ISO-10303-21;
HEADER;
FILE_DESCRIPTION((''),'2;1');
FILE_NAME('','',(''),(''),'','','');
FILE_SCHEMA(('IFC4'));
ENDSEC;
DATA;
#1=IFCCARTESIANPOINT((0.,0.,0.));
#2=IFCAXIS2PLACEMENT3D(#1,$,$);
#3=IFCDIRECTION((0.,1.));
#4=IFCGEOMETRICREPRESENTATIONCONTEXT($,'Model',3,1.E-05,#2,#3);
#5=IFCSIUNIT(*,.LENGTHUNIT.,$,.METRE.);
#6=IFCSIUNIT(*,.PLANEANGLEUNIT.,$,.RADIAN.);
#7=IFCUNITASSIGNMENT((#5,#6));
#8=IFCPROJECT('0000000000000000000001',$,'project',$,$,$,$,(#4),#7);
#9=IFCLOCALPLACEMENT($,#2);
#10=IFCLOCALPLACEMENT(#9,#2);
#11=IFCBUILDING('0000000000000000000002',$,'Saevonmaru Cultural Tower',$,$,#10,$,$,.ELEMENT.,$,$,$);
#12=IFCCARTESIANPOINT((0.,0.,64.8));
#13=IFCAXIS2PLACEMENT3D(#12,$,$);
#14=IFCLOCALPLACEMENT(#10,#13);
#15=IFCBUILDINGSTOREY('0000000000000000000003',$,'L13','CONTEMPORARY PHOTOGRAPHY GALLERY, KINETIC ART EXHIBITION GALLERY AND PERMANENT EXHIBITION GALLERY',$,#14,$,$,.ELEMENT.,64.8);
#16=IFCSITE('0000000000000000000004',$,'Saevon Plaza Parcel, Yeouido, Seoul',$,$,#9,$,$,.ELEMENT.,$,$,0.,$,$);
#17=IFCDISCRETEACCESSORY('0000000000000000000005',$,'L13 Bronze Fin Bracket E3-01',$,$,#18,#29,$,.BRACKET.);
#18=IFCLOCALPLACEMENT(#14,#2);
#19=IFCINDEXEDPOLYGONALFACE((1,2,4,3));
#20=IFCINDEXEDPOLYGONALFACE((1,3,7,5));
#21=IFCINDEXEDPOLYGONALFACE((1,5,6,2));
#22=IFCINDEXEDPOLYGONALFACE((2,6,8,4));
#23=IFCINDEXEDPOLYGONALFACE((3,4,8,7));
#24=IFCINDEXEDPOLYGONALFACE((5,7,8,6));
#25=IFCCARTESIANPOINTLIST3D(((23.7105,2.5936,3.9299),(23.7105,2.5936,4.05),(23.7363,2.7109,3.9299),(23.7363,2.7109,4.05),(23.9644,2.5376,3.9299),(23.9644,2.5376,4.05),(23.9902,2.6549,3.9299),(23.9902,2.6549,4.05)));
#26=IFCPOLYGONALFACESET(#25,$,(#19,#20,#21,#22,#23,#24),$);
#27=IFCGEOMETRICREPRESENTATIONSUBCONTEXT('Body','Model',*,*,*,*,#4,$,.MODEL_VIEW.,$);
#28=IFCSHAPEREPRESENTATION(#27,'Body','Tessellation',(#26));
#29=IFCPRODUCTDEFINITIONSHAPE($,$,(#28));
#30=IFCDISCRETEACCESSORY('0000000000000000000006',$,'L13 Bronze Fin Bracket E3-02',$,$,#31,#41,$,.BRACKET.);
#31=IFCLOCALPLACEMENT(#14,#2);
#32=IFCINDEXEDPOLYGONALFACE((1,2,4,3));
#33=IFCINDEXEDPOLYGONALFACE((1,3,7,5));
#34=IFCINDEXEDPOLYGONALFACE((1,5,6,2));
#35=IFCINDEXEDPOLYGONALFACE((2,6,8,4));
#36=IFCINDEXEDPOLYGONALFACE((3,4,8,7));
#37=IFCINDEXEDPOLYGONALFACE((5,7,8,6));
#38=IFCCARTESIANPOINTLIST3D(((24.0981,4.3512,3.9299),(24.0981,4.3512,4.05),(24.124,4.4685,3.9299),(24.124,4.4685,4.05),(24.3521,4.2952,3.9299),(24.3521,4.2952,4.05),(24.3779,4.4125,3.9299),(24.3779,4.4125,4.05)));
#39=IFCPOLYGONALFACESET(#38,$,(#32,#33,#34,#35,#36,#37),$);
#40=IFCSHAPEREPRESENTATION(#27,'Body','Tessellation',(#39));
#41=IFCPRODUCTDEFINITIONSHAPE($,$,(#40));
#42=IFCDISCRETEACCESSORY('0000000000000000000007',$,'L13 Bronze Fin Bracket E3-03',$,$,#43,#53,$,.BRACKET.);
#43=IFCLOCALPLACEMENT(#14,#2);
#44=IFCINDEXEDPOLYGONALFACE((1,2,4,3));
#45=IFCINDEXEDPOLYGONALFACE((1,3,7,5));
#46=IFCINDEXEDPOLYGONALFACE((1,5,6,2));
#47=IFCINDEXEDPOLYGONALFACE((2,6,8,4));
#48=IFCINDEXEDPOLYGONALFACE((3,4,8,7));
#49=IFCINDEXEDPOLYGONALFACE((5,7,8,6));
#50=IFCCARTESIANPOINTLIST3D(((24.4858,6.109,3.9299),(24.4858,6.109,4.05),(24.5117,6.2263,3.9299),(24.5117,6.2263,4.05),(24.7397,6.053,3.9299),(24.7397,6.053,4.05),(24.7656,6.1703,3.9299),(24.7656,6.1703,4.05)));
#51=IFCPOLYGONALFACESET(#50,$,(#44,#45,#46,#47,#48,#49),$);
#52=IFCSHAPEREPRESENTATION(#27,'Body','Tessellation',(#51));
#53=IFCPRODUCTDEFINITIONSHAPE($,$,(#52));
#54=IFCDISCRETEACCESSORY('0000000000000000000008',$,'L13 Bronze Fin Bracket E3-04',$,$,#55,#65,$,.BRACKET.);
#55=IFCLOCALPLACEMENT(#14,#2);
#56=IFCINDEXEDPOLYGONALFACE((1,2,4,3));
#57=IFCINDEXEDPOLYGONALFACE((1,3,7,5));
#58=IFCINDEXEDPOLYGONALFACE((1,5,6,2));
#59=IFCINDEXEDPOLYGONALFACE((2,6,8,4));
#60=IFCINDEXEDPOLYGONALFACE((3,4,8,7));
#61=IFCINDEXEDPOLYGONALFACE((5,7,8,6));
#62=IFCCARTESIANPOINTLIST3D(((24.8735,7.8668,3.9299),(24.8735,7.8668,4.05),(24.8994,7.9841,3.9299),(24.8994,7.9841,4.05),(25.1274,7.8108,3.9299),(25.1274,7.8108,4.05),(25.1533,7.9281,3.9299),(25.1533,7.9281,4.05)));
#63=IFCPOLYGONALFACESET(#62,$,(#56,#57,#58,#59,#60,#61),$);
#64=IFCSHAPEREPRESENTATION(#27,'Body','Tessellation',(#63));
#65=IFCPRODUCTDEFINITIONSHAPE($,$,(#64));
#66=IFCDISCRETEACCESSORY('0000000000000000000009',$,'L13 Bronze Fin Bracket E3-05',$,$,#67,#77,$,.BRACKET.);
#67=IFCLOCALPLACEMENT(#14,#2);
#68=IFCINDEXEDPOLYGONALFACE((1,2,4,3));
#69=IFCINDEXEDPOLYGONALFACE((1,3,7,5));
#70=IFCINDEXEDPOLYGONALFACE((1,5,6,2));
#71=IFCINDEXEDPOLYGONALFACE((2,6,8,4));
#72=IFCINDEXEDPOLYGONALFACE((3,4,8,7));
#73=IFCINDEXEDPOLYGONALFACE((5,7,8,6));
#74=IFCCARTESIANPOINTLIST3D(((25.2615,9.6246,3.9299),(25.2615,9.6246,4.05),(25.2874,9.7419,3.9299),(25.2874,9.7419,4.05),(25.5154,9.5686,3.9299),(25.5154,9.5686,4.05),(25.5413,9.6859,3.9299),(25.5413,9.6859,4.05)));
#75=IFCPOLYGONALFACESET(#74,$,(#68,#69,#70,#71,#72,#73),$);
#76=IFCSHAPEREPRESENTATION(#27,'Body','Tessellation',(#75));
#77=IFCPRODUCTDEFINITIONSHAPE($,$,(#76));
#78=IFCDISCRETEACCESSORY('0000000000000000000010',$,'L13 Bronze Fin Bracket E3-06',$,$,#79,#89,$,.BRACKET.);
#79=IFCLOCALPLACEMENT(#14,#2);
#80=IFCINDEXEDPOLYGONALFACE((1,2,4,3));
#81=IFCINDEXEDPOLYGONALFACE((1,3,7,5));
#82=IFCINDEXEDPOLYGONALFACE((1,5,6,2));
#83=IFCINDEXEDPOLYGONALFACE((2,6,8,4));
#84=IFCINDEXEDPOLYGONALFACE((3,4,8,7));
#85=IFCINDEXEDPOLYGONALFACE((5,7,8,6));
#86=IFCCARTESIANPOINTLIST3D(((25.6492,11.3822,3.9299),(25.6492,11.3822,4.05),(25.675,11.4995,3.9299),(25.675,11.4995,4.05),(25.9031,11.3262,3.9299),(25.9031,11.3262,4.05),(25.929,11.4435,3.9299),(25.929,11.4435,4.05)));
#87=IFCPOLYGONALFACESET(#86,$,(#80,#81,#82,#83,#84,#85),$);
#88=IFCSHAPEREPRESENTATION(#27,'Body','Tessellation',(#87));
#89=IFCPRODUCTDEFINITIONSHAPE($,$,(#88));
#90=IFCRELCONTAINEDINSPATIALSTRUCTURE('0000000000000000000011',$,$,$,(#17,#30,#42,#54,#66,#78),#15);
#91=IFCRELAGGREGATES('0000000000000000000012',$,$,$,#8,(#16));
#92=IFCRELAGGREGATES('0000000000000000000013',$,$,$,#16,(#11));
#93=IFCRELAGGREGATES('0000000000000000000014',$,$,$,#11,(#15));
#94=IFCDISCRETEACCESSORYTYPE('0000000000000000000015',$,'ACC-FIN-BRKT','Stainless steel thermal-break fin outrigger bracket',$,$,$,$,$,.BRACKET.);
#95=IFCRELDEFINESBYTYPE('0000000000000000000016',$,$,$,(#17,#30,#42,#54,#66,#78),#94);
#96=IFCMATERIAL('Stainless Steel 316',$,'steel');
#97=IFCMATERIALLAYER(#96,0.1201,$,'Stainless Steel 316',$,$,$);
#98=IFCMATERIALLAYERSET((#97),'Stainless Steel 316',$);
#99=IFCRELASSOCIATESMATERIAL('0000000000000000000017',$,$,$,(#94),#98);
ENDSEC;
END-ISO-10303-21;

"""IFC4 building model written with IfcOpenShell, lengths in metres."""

from ifc_helpers import new_model, si_unit, direction, frame, origin, origin_2d, place, context, subcontext, project, spatial, rectangle, extrude, material, layer, layer_set, type_object, element, save


model = new_model("IFC4")

# Units and contexts
model_context = context("Model", 3, precision=1e-05, world=origin(), true_north=direction((0.0, 1.0)))
body_context = subcontext(model_context, "Body", "Model", "MODEL_VIEW")
ifc_project = project(units=[si_unit("LENGTHUNIT", "METRE"), si_unit("PLANEANGLEUNIT", "RADIAN")], contexts=[model_context])

# Site, building, storey
site_placement = place(None, origin())
site = spatial("IfcSite", under=ifc_project, at=site_placement, Name="Saevon Plaza Parcel, Yeouido, Seoul", CompositionType="ELEMENT", RefElevation=0.0)
building_placement = place(site_placement, origin())
building = spatial("IfcBuilding", under=site, at=building_placement, Name="Saevonmaru Cultural Tower", CompositionType="ELEMENT")
storey_placement = place(building_placement, frame((0.0, 0.0, 64.8)))
storey = spatial("IfcBuildingStorey", under=building, at=storey_placement, Name="L13", Description="CONTEMPORARY PHOTOGRAPHY GALLERY, KINETIC ART EXHIBITION GALLERY AND PERMANENT EXHIBITION GALLERY", CompositionType="ELEMENT", Elevation=64.8)

# Discrete accessories
ifc_material_1 = material(Name="Stainless Steel 316", Category="steel")
ifc_layer_1 = layer(ifc_material_1, 0.1201, Name="Stainless Steel 316")
ifc_layer_set_1 = layer_set([ifc_layer_1], Name="Stainless Steel 316")
discrete_accessory_type = type_object("IfcDiscreteAccessoryType", Name="ACC-FIN-BRKT", Description="Stainless steel thermal-break fin outrigger bracket", PredefinedType="BRACKET", material=ifc_layer_set_1)
for number, where, z_axis, x_axis, name in (
    (1, (23.8503, 2.6243, 3.9299), (0.0, 0.0, 1.0), (0.976522, -0.215417, 0.0), "L13 Bronze Fin Bracket E3-01"),
    (2, (24.238, 4.3818, 3.9299), (0.0, 0.0, 1.0), (0.976522, -0.215417, 0.0), "L13 Bronze Fin Bracket E3-02"),
    (3, (24.6257, 6.1396, 3.9299), (0.0, 0.0, 1.0), (0.976522, -0.215417, 0.0), "L13 Bronze Fin Bracket E3-03"),
    (4, (25.0134, 7.8975, 3.9299), (0.0, 0.0, 1.0), (0.976522, -0.215417, 0.0), "L13 Bronze Fin Bracket E3-04"),
    (5, (25.4014, 9.6553, 3.9299), (0.0, 0.0, 1.0), (0.976522, -0.215417, 0.0), "L13 Bronze Fin Bracket E3-05"),
    (6, (25.7891, 11.4128, 3.9299), (0.0, 0.0, 1.0), (0.976522, -0.215417, 0.0), "L13 Bronze Fin Bracket E3-06"),
):
    element("IfcDiscreteAccessory", number, at=place(storey_placement, frame(where, z_axis=z_axis, x_axis=x_axis)), inside=storey, type_object=discrete_accessory_type, Name=name, PredefinedType="BRACKET", context=body_context, shape_type="SweptSolid", body=[
        extrude(rectangle(XDim=0.26, YDim=0.1201, at=origin_2d()), origin(), (0.0, 0.0, 1.0), 0.1201),
    ])

save(model, "model.ifc")
